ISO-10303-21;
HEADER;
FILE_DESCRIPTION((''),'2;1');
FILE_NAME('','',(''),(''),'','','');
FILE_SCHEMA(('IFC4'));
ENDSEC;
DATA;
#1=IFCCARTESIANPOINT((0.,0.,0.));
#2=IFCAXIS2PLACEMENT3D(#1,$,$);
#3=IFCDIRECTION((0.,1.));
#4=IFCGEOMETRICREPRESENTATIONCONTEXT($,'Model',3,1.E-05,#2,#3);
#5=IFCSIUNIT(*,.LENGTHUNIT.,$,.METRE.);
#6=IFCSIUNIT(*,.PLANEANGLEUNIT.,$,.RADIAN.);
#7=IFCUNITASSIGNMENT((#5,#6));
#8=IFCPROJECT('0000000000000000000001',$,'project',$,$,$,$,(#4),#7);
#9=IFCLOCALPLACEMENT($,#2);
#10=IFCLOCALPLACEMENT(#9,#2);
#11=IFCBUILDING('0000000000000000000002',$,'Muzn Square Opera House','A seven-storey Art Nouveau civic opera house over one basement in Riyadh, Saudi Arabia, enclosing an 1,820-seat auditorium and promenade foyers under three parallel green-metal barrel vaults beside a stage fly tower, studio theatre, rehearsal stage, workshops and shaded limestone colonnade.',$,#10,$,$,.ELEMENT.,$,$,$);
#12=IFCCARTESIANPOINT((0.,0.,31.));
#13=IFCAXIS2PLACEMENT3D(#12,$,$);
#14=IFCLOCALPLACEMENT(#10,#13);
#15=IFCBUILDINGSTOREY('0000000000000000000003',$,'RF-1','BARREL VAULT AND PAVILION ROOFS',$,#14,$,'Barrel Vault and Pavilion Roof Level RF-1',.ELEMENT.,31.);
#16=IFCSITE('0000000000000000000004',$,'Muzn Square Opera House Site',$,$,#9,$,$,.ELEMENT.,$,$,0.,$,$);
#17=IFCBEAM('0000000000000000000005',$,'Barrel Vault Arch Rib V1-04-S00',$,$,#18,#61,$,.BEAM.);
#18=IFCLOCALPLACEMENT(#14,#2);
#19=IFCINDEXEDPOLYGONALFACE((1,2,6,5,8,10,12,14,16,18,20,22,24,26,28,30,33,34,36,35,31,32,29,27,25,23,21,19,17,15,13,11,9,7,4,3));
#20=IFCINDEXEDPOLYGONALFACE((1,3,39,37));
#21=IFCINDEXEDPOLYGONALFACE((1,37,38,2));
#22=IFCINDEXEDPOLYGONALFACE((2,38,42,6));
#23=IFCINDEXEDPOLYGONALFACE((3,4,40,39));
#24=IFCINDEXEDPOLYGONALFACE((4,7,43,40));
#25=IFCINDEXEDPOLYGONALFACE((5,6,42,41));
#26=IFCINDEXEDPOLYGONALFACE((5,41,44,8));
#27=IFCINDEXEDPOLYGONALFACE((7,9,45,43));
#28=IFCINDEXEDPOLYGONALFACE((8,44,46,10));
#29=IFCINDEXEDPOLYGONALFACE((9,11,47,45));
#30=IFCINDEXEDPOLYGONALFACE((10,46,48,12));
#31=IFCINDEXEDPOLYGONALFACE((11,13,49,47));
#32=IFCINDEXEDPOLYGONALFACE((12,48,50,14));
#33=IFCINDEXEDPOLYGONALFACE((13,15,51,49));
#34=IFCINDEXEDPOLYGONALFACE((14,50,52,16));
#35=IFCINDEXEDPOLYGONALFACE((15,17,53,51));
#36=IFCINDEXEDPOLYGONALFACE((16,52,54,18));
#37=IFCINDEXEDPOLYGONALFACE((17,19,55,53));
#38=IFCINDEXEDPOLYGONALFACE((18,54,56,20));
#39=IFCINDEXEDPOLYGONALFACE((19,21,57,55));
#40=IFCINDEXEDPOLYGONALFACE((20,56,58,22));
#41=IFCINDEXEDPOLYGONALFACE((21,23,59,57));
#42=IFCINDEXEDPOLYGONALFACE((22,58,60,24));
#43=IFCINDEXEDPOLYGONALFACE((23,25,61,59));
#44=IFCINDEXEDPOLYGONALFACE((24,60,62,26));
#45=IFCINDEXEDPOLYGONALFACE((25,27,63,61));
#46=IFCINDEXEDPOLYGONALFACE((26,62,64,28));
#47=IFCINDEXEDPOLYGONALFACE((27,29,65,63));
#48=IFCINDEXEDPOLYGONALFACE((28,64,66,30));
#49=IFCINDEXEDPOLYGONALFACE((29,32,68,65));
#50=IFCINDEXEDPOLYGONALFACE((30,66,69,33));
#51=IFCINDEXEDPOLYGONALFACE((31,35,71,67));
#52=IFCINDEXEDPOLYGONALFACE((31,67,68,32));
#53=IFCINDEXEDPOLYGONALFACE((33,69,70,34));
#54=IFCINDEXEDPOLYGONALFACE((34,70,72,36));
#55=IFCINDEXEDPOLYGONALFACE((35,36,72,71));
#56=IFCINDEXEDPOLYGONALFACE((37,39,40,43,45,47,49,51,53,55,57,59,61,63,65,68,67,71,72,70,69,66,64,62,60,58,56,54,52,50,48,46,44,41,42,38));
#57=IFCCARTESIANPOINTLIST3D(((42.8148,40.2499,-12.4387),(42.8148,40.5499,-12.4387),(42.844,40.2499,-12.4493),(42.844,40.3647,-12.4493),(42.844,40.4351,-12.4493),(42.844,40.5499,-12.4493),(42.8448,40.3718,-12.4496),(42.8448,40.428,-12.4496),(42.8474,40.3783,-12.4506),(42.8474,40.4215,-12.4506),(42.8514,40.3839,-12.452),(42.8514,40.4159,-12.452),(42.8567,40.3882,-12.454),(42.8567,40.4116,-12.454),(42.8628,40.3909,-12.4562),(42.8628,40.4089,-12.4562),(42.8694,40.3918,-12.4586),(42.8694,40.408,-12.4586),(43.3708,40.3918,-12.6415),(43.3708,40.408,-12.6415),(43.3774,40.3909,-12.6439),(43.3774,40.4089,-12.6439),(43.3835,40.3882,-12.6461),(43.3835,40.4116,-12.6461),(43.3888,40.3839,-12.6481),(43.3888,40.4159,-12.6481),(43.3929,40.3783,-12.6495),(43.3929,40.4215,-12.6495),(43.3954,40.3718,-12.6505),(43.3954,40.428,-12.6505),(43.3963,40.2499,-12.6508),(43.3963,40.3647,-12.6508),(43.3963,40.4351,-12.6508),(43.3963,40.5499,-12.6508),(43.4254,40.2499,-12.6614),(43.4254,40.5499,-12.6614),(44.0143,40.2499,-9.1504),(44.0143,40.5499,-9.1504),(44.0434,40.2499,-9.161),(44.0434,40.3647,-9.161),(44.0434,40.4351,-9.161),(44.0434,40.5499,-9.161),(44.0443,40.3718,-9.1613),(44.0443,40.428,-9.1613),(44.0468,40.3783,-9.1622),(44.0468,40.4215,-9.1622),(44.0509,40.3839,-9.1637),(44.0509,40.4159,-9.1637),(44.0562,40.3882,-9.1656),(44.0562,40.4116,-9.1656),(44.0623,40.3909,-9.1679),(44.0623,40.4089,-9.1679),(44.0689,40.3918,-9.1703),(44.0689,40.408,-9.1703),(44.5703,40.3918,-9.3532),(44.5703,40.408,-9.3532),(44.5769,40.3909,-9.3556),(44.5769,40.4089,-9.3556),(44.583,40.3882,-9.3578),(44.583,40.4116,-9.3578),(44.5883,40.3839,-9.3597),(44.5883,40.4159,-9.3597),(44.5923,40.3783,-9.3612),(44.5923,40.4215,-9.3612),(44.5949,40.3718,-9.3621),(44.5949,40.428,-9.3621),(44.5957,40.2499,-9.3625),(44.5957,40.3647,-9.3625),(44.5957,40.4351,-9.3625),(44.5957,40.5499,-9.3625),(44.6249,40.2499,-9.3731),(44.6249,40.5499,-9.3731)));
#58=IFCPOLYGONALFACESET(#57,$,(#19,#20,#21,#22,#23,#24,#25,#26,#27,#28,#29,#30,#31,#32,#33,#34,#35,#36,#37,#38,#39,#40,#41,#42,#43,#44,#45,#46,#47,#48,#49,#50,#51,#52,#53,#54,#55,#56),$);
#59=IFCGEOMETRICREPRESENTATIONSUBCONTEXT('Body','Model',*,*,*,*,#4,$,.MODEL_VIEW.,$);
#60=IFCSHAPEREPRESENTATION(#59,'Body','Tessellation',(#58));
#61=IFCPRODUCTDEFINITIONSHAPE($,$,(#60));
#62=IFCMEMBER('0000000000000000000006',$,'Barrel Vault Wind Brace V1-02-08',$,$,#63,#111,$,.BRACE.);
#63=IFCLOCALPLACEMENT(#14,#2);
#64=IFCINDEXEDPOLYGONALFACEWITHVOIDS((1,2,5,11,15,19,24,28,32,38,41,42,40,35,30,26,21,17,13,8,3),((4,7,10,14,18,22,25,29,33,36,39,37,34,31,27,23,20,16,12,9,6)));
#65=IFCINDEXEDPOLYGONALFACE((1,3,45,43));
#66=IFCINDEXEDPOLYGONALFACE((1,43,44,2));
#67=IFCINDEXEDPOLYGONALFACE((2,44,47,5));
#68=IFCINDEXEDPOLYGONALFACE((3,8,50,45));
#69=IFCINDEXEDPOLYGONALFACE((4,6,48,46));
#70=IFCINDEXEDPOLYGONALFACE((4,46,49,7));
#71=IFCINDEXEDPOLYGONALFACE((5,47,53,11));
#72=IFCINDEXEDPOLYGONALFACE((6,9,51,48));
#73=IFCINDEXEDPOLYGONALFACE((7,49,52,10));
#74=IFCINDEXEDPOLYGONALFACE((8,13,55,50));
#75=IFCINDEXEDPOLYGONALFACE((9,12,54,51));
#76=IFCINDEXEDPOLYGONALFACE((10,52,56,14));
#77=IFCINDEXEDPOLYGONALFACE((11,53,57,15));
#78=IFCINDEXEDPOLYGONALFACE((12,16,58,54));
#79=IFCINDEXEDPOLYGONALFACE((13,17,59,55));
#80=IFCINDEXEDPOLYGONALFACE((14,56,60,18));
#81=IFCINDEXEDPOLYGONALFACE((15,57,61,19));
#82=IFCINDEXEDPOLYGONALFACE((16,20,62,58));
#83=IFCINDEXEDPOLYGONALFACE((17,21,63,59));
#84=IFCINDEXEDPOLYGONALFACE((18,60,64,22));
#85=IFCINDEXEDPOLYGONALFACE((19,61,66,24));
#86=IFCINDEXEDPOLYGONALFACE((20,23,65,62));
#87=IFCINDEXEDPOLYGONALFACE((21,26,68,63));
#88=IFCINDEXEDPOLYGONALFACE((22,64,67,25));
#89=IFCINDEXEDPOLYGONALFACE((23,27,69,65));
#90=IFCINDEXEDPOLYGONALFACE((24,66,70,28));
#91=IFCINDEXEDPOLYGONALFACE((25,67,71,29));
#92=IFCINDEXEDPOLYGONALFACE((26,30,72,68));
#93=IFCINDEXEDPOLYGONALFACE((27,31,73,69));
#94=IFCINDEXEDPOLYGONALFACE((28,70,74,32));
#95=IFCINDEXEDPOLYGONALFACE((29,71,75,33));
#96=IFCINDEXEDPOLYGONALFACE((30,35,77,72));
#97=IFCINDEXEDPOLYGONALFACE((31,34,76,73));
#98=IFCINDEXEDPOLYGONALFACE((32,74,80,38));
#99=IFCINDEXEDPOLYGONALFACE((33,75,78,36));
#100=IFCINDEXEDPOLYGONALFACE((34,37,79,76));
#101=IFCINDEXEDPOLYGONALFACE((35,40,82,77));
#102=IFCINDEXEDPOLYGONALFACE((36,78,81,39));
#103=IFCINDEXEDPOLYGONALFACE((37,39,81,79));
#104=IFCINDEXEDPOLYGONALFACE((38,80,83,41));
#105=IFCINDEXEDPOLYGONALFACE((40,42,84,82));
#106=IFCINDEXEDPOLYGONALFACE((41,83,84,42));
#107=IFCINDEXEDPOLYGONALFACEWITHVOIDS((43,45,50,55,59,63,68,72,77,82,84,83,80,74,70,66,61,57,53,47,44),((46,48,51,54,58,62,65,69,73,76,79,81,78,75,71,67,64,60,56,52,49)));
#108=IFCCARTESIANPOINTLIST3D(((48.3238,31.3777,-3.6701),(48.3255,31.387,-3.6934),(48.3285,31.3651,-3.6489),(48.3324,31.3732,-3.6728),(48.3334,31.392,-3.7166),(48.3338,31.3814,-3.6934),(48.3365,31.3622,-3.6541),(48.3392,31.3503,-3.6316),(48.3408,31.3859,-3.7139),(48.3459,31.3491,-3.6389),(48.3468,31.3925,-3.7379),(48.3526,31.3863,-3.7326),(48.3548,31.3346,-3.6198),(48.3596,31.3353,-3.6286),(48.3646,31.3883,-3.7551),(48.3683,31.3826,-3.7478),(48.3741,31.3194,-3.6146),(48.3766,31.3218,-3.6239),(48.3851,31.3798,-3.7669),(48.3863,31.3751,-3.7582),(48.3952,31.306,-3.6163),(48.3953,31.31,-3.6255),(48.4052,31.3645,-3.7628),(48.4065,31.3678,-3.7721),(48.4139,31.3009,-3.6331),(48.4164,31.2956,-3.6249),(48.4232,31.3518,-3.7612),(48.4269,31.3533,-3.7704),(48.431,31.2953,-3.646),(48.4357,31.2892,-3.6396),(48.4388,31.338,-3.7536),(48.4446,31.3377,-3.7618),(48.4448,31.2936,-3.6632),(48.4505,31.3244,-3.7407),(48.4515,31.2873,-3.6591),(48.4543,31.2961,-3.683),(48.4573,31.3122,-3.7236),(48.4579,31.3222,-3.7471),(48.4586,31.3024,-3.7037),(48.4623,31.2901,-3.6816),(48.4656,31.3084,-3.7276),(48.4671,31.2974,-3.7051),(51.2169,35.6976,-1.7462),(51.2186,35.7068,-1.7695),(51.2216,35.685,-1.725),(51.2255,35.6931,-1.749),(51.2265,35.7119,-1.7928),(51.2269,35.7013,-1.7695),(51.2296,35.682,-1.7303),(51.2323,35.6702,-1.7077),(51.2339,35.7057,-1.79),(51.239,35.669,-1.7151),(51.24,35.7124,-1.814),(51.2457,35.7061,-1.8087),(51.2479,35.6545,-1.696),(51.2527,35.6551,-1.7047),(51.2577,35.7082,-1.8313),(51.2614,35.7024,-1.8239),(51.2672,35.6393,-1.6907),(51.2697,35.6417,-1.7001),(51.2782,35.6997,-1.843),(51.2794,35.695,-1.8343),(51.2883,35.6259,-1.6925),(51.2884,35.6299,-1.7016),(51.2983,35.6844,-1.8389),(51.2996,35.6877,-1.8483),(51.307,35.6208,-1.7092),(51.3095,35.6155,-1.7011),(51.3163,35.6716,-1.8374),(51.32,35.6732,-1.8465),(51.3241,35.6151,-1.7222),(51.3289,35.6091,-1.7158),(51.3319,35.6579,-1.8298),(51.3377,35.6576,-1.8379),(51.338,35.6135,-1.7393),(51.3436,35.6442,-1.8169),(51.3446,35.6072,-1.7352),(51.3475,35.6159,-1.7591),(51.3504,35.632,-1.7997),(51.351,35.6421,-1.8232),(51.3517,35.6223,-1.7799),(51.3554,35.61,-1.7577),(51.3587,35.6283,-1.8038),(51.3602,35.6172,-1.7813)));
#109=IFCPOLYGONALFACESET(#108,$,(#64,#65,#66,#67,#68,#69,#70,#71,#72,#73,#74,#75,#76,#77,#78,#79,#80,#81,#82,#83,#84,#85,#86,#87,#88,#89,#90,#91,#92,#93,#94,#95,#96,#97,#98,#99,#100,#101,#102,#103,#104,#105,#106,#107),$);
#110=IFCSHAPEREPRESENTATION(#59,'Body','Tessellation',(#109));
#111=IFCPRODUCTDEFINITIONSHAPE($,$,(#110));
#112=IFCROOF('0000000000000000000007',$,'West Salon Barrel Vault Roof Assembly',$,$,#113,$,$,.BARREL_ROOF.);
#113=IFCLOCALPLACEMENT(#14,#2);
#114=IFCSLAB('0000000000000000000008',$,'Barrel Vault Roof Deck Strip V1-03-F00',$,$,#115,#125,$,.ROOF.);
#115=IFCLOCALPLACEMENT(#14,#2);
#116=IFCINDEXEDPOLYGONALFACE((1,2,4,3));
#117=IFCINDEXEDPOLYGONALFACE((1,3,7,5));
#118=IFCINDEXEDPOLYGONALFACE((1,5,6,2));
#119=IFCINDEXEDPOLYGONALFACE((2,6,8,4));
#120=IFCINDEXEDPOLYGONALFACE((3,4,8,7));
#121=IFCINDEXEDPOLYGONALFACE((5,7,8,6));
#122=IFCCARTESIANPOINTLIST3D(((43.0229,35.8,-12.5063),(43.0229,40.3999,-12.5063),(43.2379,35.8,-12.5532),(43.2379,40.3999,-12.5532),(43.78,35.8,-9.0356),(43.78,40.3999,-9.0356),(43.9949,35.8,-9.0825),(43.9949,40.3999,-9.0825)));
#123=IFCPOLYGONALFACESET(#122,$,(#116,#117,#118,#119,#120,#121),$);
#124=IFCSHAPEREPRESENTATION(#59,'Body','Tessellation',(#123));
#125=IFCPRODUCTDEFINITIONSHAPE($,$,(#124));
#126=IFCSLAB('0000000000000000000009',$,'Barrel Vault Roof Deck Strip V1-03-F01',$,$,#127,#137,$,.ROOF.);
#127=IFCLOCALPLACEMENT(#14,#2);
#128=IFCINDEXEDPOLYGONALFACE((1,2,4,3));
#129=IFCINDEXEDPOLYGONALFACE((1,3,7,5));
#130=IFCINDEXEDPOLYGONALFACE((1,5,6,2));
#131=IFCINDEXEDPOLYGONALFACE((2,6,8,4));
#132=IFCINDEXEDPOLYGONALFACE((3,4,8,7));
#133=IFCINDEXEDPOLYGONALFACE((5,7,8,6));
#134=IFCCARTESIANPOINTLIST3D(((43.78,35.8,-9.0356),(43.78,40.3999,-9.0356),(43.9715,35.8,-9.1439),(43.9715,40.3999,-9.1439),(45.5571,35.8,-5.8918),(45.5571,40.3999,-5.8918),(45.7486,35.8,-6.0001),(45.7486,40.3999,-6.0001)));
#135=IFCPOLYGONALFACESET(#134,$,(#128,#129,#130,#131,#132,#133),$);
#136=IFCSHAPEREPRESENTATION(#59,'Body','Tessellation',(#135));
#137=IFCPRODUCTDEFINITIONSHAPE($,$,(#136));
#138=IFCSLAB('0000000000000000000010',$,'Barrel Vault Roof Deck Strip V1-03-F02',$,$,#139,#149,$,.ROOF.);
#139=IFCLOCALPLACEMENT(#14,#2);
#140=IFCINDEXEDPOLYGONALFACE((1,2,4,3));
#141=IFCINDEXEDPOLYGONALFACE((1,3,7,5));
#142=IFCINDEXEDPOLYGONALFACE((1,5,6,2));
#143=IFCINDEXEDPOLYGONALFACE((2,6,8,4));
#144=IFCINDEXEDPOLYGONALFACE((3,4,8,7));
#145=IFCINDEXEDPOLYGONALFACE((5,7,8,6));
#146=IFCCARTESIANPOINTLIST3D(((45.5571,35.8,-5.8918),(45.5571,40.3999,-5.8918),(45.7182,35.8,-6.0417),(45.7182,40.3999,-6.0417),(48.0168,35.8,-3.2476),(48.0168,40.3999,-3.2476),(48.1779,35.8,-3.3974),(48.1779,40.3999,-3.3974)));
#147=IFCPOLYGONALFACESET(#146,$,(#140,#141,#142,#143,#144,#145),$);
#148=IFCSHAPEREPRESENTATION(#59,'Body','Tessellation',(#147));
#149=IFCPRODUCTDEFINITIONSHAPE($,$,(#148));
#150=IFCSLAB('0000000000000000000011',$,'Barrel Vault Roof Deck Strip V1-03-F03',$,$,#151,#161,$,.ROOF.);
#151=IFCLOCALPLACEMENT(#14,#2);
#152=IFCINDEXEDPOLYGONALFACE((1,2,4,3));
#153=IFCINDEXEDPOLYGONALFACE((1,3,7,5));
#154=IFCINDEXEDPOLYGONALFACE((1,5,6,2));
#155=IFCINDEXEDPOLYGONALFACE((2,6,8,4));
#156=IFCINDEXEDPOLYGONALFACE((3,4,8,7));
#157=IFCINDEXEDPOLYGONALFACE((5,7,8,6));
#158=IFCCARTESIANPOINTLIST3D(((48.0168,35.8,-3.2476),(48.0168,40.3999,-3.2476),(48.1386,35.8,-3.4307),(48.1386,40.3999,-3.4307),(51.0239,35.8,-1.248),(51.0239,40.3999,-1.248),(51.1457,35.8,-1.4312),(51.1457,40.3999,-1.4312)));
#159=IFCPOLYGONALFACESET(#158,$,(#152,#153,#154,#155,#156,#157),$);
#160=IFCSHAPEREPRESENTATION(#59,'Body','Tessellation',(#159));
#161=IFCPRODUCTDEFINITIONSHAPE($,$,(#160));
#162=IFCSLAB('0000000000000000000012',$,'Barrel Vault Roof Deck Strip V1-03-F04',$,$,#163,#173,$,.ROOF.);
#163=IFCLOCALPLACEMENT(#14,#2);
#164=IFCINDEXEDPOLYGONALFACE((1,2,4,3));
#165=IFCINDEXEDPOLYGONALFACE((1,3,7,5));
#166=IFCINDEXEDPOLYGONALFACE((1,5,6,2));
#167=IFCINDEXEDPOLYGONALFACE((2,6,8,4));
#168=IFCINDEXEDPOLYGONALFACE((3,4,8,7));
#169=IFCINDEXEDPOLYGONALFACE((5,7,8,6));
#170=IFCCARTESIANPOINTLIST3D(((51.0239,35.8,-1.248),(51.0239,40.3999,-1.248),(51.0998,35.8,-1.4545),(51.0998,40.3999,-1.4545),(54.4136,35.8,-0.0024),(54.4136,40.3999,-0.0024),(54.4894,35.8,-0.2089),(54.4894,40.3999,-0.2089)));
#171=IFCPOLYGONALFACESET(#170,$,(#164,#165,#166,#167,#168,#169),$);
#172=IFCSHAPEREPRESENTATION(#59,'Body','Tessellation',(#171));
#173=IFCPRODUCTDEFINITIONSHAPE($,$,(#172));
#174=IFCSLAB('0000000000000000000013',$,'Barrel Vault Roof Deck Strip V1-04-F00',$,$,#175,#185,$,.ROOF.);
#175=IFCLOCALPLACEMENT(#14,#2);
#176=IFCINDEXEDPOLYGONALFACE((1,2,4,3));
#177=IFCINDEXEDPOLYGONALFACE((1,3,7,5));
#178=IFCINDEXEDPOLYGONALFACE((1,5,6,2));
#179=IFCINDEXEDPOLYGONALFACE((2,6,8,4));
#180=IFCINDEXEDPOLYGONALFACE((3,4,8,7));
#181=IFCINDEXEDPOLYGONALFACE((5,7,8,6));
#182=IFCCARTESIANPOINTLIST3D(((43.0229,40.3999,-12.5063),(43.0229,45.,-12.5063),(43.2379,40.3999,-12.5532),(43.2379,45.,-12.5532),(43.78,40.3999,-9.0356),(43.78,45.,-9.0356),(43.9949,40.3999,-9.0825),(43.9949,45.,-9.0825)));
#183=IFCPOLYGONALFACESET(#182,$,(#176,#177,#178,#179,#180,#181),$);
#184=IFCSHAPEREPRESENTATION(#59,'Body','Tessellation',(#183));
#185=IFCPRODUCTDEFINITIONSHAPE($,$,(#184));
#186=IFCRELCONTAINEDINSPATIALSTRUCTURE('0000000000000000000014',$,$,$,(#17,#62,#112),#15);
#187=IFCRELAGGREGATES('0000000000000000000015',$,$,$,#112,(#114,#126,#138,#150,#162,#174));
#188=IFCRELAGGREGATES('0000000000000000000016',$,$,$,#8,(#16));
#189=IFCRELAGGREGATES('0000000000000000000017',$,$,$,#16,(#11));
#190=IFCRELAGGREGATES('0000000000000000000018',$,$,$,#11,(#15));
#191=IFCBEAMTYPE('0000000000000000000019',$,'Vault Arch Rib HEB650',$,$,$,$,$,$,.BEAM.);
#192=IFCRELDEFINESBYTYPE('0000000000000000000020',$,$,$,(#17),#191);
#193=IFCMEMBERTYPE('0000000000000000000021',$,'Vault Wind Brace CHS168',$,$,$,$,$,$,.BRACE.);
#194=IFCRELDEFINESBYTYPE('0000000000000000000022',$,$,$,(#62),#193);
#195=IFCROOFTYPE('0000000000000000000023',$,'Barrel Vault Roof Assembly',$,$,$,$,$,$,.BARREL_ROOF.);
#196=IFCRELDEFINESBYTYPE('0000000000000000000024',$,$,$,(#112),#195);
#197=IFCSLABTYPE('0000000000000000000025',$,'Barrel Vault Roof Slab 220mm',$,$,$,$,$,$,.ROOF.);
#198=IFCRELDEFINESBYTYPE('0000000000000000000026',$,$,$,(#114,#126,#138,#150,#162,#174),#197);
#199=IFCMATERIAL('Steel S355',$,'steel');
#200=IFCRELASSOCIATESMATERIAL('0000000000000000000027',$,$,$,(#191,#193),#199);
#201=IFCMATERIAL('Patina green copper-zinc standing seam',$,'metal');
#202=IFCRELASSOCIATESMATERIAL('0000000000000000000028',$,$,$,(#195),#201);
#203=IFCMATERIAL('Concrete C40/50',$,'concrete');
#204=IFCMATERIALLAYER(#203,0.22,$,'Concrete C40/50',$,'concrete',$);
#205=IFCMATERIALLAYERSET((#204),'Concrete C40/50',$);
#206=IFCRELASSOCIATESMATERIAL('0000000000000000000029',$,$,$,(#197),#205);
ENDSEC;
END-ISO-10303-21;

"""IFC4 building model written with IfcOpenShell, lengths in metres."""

from ifc_helpers import new_model, si_unit, direction, frame, origin, origin_2d, place, context, subcontext, project, spatial, polyline, hollow_circle, i_section, outline, extrude, material, layer, layer_set, material_profile, profile_set, type_object, element, aggregate, save


model = new_model("IFC4")

# Units and contexts
model_context = context("Model", 3, precision=1e-05, world=origin(), true_north=direction((0.0, 1.0)))
body_context = subcontext(model_context, "Body", "Model", "MODEL_VIEW")
ifc_project = project(units=[si_unit("LENGTHUNIT", "METRE"), si_unit("PLANEANGLEUNIT", "RADIAN")], contexts=[model_context])

# Site, building, storey
site_placement = place(None, origin())
site = spatial("IfcSite", under=ifc_project, at=site_placement, Name="Muzn Square Opera House Site", CompositionType="ELEMENT", RefElevation=0.0)
building_placement = place(site_placement, origin())
building = spatial("IfcBuilding", under=site, at=building_placement, Name="Muzn Square Opera House", Description="A seven-storey Art Nouveau civic opera house over one basement in Riyadh, Saudi Arabia, enclosing an 1,820-seat auditorium and promenade foyers under three parallel green-metal barrel vaults beside a stage fly tower, studio theatre, rehearsal stage, workshops and shaded limestone colonnade.", CompositionType="ELEMENT")
storey_placement = place(building_placement, frame((0.0, 0.0, 31.0)))
storey = spatial("IfcBuildingStorey", under=building, at=storey_placement, Name="RF-1", Description="BARREL VAULT AND PAVILION ROOFS", LongName="Barrel Vault and Pavilion Roof Level RF-1", CompositionType="ELEMENT", Elevation=31.0)

# Beam
ifc_material_1 = material(Name="Steel S355", Category="steel")
ifc_material_profile_1 = material_profile(ifc_material_1, i_section(OverallWidth=0.3, OverallDepth=0.6499, WebThickness=0.0161, FlangeThickness=0.031, FilletRadius=0.0271, at=origin_2d()), Name="HEB 650", Category="steel")
ifc_profile_set_1 = profile_set([ifc_material_profile_1], Name="Steel S355")
beam_type_1 = type_object("IfcBeamType", Name="Vault Arch Rib HEB650", PredefinedType="BEAM", material=ifc_profile_set_1)
beam_1_placement = place(storey_placement, frame((43.1201, 40.3999, -12.55), z_axis=(0.342678, 0.0, 0.939453), x_axis=(0.0, 1.0, 0.0)))
element("IfcBeam", 1, at=beam_1_placement, inside=storey, type_object=beam_type_1, Name="Barrel Vault Arch Rib V1-04-S00", PredefinedType="BEAM", context=body_context, shape_type="SweptSolid", body=[
    extrude(i_section(OverallWidth=0.3, OverallDepth=0.6499, WebThickness=0.0161, FlangeThickness=0.031, FilletRadius=0.0271, at=origin_2d()), origin(), (0.0, 0.0, 1.0), 3.5002),
])

# Member
ifc_material_profile_2 = material_profile(ifc_material_1, hollow_circle(Radius=0.0842, WallThickness=0.01, at=origin_2d()), Name="CHS 168.3x10", Category="steel")
ifc_profile_set_2 = profile_set([ifc_material_profile_2], Name="Steel S355")
member_type = type_object("IfcMemberType", Name="Vault Wind Brace CHS168", PredefinedType="BRACE", material=ifc_profile_set_2)
member_placement = place(storey_placement, frame((48.3955, 31.3401, -3.6934), z_axis=(0.521872, 0.779241, 0.347034), x_axis=(-0.830878, 0.556454, 0.0)))
element("IfcMember", 2, at=member_placement, inside=storey, type_object=member_type, Name="Barrel Vault Wind Brace V1-02-08", PredefinedType="BRACE", context=body_context, shape_type="SweptSolid", body=[
    extrude(hollow_circle(Radius=0.0842, WallThickness=0.01, at=origin_2d()), origin(), (0.0, 0.0, 1.0), 5.5437),
])

# Roof, slabs
ifc_material_2 = material(Name="Patina green copper-zinc standing seam", Category="metal")
roof_type = type_object("IfcRoofType", Name="Barrel Vault Roof Assembly", PredefinedType="BARREL_ROOF", material=ifc_material_2)
roof_placement = place(storey_placement, origin())
roof = element("IfcRoof", 3, at=roof_placement, inside=storey, type_object=roof_type, Name="West Salon Barrel Vault Roof Assembly", PredefinedType="BARREL_ROOF")
ifc_material_3 = material(Name="Concrete C40/50", Category="concrete")
ifc_layer_1 = layer(ifc_material_3, 0.22, Name="Concrete C40/50", Category="concrete")
ifc_layer_set_1 = layer_set([ifc_layer_1], Name="Concrete C40/50")
slab_type = type_object("IfcSlabType", Name="Barrel Vault Roof Slab 220mm", PredefinedType="ROOF", material=ifc_layer_set_1)
slab_1_placement = place(storey_placement, frame((43.78, 35.8, -9.0356), z_axis=(-0.977025, 0.0, 0.213123), x_axis=(0.0, 1.0, 0.0)))
slab_1 = element("IfcSlab", 4, at=slab_1_placement, type_object=slab_type, Name="Barrel Vault Roof Deck Strip V1-03-F00", PredefinedType="ROOF", context=body_context, shape_type="SweptSolid", body=[
    extrude(outline(polyline([(0.0, 3.5523), (0.0, 0.0), (4.5999, 0.0), (4.5999, 3.5523), (0.0, 3.5523)])), origin(), (0.0, 0.0, -1.0), 0.22),
])
slab_2_placement = place(storey_placement, frame((45.5571, 35.8, -5.8918), z_axis=(-0.870543, 0.0, 0.492093), x_axis=(0.0, 1.0, 0.0)))
slab_2 = element("IfcSlab", 5, at=slab_2_placement, type_object=slab_type, Name="Barrel Vault Roof Deck Strip V1-03-F01", PredefinedType="ROOF", context=body_context, shape_type="SweptSolid", body=[
    extrude(outline(polyline([(0.0, 3.6113), (0.0, 0.0), (4.5999, 0.0), (4.5999, 3.6113), (0.0, 3.6113)])), origin(), (0.0, 0.0, -1.0), 0.22),
])
slab_3_placement = place(storey_placement, frame((48.0168, 35.8, -3.2476), z_axis=(-0.732198, 0.0, 0.681091), x_axis=(0.0, 1.0, 0.0)))
slab_3 = element("IfcSlab", 6, at=slab_3_placement, type_object=slab_type, Name="Barrel Vault Roof Deck Strip V1-03-F02", PredefinedType="ROOF", context=body_context, shape_type="SweptSolid", body=[
    extrude(outline(polyline([(0.0, 3.6114), (0.0, 0.0), (4.5999, 0.0), (4.5999, 3.6114), (0.0, 3.6114)])), origin(), (0.0, 0.0, -1.0), 0.22),
])
slab_4_placement = place(storey_placement, frame((51.0239, 35.8, -1.248), z_axis=(-0.553701, 0.0, 0.832715), x_axis=(0.0, 1.0, 0.0)))
slab_4 = element("IfcSlab", 7, at=slab_4_placement, type_object=slab_type, Name="Barrel Vault Roof Deck Strip V1-03-F03", PredefinedType="ROOF", context=body_context, shape_type="SweptSolid", body=[
    extrude(outline(polyline([(0.0, 3.6112), (0.0, 0.0), (4.5999, 0.0), (4.5999, 3.6112), (0.0, 3.6112)])), origin(), (0.0, 0.0, -1.0), 0.22),
])
slab_5_placement = place(storey_placement, frame((54.4136, 35.8, -0.0024), z_axis=(-0.344922, 0.0, 0.938631), x_axis=(0.0, 1.0, 0.0)))
slab_5 = element("IfcSlab", 8, at=slab_5_placement, type_object=slab_type, Name="Barrel Vault Roof Deck Strip V1-03-F04", PredefinedType="ROOF", context=body_context, shape_type="SweptSolid", body=[
    extrude(outline(polyline([(0.0, 3.6113), (0.0, 0.0), (4.5999, 0.0), (4.5999, 3.6113), (0.0, 3.6113)])), origin(), (0.0, 0.0, -1.0), 0.22),
])
slab_6_placement = place(storey_placement, frame((43.78, 40.3999, -9.0356), z_axis=(-0.977025, 0.0, 0.213123), x_axis=(0.0, 1.0, 0.0)))
slab_6 = element("IfcSlab", 9, at=slab_6_placement, type_object=slab_type, Name="Barrel Vault Roof Deck Strip V1-04-F00", PredefinedType="ROOF", context=body_context, shape_type="SweptSolid", body=[
    extrude(outline(polyline([(0.0, 3.5523), (0.0, 0.0), (4.6001, 0.0), (4.6001, 3.5523), (0.0, 3.5523)])), origin(), (0.0, 0.0, -1.0), 0.22),
])
aggregate(roof, [slab_1, slab_2, slab_3, slab_4, slab_5, slab_6])

save(model, "model.ifc")
